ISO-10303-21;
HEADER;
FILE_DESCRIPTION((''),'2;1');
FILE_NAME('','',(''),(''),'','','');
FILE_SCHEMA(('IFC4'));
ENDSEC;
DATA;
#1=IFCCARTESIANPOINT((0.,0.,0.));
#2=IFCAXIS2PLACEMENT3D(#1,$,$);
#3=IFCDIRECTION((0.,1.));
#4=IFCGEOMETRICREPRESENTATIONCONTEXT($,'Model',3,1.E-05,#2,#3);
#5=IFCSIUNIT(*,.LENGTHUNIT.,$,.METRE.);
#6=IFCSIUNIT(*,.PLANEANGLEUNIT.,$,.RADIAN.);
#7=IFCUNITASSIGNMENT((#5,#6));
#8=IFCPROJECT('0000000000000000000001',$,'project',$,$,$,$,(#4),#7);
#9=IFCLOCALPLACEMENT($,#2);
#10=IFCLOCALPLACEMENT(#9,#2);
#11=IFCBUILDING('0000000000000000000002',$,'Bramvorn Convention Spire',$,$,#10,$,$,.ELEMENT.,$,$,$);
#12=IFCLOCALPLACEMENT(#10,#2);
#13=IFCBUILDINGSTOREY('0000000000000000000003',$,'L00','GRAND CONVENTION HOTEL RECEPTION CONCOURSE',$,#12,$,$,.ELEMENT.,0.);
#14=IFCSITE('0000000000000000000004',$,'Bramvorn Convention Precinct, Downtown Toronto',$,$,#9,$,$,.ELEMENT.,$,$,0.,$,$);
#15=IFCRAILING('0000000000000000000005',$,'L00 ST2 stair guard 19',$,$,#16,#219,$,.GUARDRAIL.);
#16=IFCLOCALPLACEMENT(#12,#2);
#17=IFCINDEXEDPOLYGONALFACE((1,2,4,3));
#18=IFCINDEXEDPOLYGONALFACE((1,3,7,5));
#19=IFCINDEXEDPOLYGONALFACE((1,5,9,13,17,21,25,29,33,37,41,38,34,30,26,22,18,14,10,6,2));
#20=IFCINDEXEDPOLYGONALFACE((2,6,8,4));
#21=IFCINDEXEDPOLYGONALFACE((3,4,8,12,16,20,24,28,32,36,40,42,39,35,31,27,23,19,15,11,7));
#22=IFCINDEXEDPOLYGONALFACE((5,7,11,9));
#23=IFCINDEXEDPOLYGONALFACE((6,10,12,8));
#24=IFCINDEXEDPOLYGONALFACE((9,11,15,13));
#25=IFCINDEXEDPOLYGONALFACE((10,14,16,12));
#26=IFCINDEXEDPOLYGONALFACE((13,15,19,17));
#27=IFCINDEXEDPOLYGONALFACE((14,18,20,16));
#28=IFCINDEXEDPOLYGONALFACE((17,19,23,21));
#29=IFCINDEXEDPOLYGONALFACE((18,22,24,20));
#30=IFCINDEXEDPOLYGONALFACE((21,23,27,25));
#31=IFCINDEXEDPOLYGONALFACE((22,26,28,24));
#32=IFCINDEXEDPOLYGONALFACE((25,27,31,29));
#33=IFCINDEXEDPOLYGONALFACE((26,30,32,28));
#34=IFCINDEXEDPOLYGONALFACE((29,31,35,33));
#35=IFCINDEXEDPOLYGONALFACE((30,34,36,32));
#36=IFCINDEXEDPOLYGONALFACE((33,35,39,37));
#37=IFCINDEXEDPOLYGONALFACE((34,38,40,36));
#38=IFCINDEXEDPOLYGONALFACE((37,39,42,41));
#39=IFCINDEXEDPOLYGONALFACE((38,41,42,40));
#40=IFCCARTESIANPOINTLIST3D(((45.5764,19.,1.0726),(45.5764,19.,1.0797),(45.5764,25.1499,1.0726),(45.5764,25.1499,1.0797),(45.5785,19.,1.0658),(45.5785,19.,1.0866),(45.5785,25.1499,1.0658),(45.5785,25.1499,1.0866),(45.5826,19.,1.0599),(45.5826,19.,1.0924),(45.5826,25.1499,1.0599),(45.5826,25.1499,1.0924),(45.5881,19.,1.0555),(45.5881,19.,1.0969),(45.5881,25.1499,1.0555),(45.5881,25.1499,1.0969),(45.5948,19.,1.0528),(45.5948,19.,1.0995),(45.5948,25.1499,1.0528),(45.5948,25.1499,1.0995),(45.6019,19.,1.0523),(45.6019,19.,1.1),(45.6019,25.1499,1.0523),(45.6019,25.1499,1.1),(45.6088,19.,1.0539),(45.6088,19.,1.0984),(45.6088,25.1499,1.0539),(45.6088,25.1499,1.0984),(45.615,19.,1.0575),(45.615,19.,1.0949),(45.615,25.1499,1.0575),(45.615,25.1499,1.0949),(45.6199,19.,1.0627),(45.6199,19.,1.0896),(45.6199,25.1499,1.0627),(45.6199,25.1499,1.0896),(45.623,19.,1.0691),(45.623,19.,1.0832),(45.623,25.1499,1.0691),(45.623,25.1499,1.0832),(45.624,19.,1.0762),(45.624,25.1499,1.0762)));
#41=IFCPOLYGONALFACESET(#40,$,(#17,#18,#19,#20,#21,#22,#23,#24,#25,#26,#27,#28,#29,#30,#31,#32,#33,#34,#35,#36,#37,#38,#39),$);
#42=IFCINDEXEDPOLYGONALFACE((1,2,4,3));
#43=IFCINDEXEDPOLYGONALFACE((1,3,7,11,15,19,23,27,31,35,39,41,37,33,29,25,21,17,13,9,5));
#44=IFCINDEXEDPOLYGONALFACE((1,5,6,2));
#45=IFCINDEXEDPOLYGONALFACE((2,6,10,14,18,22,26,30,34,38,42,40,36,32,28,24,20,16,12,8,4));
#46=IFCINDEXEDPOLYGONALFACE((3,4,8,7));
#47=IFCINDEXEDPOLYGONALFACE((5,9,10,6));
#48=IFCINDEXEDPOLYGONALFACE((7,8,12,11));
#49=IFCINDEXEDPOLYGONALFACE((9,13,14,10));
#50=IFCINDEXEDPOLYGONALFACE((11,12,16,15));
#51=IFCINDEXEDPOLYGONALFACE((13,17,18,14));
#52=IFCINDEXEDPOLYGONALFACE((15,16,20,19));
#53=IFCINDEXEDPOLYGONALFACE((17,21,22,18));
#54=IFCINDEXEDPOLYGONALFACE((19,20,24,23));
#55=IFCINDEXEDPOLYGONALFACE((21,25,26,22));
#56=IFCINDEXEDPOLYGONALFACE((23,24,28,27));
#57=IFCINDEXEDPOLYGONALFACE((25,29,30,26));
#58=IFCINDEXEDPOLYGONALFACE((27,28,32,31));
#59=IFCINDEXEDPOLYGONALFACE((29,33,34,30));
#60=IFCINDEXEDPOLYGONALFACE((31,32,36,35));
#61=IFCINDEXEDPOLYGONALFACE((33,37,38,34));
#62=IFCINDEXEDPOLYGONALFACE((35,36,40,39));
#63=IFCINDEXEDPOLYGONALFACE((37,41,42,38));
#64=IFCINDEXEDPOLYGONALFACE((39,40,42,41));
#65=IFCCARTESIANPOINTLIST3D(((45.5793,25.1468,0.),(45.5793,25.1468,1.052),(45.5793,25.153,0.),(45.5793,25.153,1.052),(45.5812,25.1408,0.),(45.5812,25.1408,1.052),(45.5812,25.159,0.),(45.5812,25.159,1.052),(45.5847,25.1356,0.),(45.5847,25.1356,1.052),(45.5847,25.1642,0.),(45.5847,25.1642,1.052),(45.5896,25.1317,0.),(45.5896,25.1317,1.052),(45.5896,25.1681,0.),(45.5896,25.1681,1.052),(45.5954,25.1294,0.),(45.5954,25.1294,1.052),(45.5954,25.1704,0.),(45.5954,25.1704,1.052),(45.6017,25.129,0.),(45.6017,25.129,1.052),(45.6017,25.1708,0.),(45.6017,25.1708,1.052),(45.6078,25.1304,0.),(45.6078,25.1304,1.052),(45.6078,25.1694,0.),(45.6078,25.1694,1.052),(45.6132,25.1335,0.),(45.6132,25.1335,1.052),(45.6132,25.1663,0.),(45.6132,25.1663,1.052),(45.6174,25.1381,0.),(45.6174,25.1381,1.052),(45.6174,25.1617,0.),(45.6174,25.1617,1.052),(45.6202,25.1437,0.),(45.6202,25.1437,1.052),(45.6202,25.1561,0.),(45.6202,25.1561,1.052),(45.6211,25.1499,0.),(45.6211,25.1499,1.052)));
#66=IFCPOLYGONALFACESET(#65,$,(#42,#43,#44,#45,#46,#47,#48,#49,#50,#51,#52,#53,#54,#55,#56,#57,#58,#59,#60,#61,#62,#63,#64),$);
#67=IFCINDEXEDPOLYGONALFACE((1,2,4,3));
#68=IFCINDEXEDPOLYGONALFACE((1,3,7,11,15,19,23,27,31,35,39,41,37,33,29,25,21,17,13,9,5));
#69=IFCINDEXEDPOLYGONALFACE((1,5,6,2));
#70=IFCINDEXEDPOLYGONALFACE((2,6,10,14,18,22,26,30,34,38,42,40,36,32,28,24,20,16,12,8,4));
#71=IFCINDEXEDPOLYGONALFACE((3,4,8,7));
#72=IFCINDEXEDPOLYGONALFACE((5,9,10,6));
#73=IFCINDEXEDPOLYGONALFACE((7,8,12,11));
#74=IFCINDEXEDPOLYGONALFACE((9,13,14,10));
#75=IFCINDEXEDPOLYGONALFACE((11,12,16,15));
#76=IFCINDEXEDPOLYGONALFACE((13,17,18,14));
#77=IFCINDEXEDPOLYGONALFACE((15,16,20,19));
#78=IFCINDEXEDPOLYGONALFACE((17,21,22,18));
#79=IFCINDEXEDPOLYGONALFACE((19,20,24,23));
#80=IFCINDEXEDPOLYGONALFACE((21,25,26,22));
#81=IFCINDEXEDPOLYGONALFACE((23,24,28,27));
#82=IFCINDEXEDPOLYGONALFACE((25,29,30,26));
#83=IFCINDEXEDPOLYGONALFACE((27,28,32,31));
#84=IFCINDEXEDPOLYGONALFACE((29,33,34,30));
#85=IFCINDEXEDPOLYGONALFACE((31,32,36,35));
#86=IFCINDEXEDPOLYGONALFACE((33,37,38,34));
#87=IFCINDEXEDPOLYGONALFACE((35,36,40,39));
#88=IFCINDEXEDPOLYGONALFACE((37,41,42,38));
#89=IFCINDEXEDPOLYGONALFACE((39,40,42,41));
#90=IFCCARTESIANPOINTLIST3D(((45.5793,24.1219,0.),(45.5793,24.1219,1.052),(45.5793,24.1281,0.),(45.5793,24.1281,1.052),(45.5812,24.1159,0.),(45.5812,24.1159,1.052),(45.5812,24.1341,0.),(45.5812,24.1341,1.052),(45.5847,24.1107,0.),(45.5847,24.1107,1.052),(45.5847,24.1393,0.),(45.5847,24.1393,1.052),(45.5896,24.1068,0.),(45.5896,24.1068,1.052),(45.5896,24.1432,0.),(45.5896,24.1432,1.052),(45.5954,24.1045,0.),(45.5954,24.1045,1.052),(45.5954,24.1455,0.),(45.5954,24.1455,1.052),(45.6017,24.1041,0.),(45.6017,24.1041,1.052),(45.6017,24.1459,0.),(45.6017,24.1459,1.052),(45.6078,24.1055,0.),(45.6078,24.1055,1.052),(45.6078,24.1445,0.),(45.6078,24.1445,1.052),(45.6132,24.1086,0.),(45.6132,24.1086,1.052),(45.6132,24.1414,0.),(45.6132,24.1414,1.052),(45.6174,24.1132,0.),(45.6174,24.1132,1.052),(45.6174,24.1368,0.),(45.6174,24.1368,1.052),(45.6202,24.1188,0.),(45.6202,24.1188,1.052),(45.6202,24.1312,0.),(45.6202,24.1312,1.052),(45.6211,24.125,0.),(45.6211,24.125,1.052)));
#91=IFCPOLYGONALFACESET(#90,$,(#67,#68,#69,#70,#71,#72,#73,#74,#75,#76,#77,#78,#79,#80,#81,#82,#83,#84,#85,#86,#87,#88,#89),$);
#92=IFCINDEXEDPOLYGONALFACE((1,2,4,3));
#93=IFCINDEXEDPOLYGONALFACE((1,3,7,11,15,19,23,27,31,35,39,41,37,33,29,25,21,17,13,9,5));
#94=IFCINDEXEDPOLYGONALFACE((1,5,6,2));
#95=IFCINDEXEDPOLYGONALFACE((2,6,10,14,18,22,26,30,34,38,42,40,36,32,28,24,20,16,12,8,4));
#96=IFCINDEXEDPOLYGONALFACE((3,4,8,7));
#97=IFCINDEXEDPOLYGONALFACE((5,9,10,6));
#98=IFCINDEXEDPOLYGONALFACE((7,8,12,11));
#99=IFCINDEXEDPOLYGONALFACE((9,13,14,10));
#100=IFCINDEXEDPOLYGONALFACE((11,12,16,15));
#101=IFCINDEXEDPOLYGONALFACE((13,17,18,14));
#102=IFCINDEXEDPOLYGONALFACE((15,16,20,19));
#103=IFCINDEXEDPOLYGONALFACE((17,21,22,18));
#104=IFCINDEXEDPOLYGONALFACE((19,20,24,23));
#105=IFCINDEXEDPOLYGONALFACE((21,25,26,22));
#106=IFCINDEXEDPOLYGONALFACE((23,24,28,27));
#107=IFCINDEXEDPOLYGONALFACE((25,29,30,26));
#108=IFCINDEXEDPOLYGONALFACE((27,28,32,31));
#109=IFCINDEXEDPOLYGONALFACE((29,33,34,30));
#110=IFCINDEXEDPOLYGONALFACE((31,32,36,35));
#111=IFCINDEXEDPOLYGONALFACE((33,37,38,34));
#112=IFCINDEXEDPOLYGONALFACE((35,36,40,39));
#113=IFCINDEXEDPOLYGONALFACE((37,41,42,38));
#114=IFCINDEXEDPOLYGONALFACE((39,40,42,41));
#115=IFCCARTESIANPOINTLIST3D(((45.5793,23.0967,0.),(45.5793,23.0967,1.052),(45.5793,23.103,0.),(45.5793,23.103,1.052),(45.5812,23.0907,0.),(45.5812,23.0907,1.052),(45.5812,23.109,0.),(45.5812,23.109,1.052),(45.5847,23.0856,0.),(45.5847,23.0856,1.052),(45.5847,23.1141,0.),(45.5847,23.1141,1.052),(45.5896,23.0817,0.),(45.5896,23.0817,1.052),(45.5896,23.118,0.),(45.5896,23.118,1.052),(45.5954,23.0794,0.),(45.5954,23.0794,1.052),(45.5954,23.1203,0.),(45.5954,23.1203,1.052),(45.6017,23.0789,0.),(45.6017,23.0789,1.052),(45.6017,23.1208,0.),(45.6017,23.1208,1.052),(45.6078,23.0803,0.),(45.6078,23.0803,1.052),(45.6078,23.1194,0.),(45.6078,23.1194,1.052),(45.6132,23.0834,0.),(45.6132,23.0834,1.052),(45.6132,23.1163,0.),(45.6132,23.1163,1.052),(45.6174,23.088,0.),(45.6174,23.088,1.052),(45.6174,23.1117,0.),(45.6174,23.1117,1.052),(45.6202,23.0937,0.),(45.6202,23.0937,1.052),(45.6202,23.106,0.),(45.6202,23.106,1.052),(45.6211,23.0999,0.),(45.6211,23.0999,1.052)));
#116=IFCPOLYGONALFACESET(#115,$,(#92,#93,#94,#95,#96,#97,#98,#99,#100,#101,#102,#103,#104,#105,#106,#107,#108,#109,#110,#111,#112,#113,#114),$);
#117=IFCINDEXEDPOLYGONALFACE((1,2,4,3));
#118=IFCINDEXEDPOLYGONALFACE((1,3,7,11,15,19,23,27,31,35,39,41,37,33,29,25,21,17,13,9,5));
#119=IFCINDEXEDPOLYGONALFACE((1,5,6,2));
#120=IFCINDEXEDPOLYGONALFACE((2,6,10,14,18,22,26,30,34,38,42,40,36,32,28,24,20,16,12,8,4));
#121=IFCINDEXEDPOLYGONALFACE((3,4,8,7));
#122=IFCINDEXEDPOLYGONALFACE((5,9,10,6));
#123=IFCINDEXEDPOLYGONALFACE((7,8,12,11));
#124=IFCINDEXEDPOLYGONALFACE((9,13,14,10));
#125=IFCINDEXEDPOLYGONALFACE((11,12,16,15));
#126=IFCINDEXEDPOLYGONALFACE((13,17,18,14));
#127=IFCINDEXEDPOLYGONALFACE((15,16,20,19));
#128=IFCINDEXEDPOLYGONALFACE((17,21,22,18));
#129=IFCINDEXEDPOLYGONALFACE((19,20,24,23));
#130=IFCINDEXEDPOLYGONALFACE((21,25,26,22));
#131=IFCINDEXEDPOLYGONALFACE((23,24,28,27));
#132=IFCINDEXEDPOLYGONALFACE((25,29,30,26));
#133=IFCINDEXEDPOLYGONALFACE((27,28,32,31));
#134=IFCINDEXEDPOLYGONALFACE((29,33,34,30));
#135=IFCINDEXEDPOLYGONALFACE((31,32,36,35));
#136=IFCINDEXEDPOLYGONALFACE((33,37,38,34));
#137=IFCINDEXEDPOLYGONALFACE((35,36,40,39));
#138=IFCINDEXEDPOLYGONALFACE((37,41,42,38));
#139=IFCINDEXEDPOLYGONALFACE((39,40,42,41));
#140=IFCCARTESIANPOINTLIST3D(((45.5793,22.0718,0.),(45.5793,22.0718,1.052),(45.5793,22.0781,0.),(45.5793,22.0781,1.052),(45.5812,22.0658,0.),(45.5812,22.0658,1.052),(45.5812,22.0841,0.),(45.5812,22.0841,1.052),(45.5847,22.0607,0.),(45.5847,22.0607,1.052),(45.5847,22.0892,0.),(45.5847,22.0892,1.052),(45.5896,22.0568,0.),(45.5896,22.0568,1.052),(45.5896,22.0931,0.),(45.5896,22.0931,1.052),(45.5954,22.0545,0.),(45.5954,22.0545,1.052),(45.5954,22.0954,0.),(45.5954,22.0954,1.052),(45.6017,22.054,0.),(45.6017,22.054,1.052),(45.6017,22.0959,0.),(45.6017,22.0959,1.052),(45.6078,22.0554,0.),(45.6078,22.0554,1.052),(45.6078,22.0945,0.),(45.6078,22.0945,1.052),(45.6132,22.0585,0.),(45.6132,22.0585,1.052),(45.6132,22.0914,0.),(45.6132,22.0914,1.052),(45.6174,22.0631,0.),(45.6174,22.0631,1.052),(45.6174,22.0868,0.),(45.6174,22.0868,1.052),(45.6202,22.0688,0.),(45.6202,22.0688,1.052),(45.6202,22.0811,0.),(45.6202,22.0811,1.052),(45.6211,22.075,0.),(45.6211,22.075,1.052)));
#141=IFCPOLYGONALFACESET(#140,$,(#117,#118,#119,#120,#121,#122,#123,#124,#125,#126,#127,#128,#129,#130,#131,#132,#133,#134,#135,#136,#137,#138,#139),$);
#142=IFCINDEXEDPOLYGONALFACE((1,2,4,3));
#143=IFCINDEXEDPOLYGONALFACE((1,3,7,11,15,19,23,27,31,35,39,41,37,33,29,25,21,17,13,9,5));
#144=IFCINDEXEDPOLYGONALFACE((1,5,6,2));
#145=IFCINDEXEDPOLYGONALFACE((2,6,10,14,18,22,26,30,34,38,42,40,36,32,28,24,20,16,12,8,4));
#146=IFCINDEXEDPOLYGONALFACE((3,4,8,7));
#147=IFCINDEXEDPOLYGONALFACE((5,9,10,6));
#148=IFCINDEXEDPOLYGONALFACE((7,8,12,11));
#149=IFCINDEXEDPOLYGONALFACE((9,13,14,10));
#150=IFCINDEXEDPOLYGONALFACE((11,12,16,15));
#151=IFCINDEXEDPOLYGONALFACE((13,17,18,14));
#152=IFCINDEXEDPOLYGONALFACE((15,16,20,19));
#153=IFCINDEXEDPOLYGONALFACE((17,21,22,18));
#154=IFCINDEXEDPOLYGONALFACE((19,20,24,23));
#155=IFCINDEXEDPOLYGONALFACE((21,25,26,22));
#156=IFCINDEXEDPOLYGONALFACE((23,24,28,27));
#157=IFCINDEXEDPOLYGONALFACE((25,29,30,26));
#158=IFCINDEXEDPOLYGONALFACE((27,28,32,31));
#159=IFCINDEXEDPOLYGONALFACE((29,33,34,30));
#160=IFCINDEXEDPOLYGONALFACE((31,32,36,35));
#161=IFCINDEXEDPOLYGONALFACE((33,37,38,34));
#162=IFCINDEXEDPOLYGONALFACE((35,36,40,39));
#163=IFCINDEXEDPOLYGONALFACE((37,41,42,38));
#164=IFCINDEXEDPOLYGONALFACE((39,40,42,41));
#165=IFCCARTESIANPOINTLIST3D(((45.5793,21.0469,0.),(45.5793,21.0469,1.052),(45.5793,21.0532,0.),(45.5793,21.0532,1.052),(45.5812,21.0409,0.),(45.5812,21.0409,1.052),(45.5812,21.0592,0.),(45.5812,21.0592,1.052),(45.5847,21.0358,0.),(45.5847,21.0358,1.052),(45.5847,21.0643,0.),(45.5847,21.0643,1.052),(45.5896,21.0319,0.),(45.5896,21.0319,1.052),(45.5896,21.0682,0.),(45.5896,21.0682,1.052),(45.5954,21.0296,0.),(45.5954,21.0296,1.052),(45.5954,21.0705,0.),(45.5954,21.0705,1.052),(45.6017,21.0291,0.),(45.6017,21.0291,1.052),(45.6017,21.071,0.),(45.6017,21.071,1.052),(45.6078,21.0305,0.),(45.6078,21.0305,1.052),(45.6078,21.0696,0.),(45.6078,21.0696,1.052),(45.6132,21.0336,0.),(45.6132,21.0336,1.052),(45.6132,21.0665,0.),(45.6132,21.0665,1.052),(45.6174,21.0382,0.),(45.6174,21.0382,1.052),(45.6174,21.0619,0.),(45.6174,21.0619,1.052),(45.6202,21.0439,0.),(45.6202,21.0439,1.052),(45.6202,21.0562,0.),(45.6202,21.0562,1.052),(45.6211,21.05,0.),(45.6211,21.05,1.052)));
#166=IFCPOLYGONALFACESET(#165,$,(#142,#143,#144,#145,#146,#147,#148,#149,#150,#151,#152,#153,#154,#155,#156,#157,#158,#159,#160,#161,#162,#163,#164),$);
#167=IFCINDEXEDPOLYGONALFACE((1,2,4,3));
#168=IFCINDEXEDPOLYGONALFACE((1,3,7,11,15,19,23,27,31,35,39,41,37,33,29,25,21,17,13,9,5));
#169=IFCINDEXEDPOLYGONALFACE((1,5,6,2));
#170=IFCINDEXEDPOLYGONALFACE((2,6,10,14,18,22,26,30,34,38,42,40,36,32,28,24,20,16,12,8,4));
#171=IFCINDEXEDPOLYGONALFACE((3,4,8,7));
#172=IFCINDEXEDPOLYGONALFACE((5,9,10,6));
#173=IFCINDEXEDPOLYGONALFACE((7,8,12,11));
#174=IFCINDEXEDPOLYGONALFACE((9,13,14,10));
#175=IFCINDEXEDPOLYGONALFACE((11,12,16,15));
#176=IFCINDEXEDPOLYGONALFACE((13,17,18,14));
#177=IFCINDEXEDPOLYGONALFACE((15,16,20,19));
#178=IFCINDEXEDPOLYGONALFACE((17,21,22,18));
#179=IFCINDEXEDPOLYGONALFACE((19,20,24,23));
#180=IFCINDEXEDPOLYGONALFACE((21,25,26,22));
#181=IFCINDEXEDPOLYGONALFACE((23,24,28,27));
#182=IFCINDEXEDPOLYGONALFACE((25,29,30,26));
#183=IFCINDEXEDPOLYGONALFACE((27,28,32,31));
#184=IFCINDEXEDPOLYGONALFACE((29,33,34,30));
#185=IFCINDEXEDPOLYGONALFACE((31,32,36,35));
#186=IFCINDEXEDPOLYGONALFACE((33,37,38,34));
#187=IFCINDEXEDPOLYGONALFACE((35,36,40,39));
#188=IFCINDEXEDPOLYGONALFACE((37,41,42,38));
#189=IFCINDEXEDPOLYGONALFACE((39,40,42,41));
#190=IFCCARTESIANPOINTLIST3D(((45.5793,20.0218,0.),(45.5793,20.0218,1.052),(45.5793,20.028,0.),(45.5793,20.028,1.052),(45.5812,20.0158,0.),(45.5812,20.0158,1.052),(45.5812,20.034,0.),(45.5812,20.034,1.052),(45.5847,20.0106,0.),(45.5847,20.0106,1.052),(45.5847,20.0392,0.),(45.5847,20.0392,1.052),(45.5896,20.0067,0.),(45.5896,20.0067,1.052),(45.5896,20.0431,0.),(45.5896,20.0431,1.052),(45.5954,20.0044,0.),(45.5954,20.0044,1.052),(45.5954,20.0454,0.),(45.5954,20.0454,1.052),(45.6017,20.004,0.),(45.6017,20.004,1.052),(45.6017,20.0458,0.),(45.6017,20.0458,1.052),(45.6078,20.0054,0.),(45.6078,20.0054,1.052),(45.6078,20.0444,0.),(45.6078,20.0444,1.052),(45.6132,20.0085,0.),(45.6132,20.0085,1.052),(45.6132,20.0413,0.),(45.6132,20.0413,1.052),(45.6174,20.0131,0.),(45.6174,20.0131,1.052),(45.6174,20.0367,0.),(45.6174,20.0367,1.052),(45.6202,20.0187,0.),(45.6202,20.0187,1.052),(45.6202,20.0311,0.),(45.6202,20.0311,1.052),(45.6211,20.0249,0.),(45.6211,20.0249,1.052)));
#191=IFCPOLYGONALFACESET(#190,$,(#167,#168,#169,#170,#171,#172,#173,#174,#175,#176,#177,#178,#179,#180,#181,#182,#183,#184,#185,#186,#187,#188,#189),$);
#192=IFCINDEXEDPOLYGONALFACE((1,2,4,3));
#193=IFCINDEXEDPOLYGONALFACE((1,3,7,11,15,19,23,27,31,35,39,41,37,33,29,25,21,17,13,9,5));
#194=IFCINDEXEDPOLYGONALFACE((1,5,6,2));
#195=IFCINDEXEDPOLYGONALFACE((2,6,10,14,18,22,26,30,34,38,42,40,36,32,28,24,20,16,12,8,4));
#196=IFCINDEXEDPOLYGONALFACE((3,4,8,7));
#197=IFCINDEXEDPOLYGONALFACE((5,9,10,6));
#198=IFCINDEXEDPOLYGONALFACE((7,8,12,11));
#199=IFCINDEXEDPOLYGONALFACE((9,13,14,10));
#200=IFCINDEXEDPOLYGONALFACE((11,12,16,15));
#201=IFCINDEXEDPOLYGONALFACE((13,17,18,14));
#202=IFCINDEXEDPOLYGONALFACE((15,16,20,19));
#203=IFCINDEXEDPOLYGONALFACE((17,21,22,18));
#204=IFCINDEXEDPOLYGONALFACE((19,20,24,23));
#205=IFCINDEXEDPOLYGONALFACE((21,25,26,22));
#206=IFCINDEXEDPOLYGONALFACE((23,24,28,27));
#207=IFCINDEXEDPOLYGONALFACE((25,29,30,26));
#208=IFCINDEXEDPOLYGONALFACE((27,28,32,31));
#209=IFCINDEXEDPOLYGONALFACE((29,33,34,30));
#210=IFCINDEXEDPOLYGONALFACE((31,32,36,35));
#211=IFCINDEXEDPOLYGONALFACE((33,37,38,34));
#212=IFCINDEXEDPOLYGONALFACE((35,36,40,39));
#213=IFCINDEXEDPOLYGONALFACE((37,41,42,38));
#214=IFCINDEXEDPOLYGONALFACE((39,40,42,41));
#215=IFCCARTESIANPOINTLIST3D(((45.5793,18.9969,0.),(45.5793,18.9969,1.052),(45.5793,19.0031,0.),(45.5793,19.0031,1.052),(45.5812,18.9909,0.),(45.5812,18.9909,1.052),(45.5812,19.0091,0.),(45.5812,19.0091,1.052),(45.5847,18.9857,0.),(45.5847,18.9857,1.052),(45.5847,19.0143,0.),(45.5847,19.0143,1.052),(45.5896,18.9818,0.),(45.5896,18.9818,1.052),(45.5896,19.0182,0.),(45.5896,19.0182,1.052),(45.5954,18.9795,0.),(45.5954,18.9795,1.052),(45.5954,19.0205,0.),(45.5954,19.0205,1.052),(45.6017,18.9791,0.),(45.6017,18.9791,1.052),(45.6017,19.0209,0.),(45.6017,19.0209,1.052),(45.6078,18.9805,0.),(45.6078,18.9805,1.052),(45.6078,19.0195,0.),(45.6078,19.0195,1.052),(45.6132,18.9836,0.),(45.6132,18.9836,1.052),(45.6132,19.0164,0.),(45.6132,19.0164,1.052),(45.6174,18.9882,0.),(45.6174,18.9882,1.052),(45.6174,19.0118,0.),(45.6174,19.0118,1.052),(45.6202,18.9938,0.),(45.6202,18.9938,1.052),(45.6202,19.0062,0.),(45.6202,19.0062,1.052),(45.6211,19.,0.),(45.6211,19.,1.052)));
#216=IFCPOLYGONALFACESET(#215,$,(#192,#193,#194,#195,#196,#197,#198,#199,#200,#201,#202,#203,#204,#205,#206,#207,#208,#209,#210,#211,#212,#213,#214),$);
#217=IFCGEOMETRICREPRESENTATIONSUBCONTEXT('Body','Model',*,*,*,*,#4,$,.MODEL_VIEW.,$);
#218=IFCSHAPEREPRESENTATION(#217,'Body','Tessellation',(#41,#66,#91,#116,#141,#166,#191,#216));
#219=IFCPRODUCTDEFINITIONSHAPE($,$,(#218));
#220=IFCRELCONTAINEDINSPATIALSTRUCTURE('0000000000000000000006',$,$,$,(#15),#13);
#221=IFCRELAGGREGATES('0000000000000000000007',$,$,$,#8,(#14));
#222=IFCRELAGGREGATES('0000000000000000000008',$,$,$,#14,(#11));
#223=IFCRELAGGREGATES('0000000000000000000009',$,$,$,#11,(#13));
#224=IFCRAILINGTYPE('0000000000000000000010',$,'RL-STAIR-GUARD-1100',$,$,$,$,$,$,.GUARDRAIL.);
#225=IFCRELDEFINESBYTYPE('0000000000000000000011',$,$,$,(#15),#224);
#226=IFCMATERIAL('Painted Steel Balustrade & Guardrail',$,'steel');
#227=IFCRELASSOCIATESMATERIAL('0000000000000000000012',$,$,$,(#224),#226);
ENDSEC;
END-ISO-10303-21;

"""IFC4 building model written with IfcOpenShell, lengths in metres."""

from ifc_helpers import new_model, si_unit, direction, frame, origin, origin_2d, place, context, subcontext, project, spatial, circle, extrude, material, type_object, element, save


model = new_model("IFC4")

# Units and contexts
model_context = context("Model", 3, precision=1e-05, world=origin(), true_north=direction((0.0, 1.0)))
body_context = subcontext(model_context, "Body", "Model", "MODEL_VIEW")
ifc_project = project(units=[si_unit("LENGTHUNIT", "METRE"), si_unit("PLANEANGLEUNIT", "RADIAN")], contexts=[model_context])

# Site, building, storey
site_placement = place(None, origin())
site = spatial("IfcSite", under=ifc_project, at=site_placement, Name="Bramvorn Convention Precinct, Downtown Toronto", CompositionType="ELEMENT", RefElevation=0.0)
building_placement = place(site_placement, origin())
building = spatial("IfcBuilding", under=site, at=building_placement, Name="Bramvorn Convention Spire", CompositionType="ELEMENT")
storey_placement = place(building_placement, origin())
storey = spatial("IfcBuildingStorey", under=building, at=storey_placement, Name="L00", Description="GRAND CONVENTION HOTEL RECEPTION CONCOURSE", CompositionType="ELEMENT", Elevation=0.0)

# Railing
ifc_material_1 = material(Name="Painted Steel Balustrade & Guardrail", Category="steel")
railing_type = type_object("IfcRailingType", Name="RL-STAIR-GUARD-1100", PredefinedType="GUARDRAIL", material=ifc_material_1)
railing_1_placement = place(storey_placement, frame((45.6001, 25.1499, 0.0)))
element("IfcRailing", 1, at=railing_1_placement, inside=storey, type_object=railing_type, Name="L00 ST2 stair guard 19", PredefinedType="GUARDRAIL", context=body_context, shape_type="SweptSolid", body=[
    extrude(circle(Radius=0.0239, at=origin_2d()), frame((0.0, 0.0, 1.0762), z_axis=(0.0, -1.0, 0.0), x_axis=(1.0, 0.0, 0.0)), (0.0, 0.0, 1.0), 6.1499),
    extrude(circle(Radius=0.021, at=origin_2d()), origin(), (0.0, 0.0, 1.0), 1.052),
    extrude(circle(Radius=0.021, at=origin_2d()), frame((0.0, -1.0249, 0.0)), (0.0, 0.0, 1.0), 1.052),
    extrude(circle(Radius=0.021, at=origin_2d()), frame((0.0, -2.05, 0.0)), (0.0, 0.0, 1.0), 1.052),
    extrude(circle(Radius=0.021, at=origin_2d()), frame((0.0, -3.075, 0.0)), (0.0, 0.0, 1.0), 1.052),
    extrude(circle(Radius=0.021, at=origin_2d()), frame((0.0, -4.0999, 0.0)), (0.0, 0.0, 1.0), 1.052),
    extrude(circle(Radius=0.021, at=origin_2d()), frame((0.0, -5.125, 0.0)), (0.0, 0.0, 1.0), 1.052),
    extrude(circle(Radius=0.021, at=origin_2d()), frame((0.0, -6.1499, 0.0)), (0.0, 0.0, 1.0), 1.052),
])

save(model, "model.ifc")
